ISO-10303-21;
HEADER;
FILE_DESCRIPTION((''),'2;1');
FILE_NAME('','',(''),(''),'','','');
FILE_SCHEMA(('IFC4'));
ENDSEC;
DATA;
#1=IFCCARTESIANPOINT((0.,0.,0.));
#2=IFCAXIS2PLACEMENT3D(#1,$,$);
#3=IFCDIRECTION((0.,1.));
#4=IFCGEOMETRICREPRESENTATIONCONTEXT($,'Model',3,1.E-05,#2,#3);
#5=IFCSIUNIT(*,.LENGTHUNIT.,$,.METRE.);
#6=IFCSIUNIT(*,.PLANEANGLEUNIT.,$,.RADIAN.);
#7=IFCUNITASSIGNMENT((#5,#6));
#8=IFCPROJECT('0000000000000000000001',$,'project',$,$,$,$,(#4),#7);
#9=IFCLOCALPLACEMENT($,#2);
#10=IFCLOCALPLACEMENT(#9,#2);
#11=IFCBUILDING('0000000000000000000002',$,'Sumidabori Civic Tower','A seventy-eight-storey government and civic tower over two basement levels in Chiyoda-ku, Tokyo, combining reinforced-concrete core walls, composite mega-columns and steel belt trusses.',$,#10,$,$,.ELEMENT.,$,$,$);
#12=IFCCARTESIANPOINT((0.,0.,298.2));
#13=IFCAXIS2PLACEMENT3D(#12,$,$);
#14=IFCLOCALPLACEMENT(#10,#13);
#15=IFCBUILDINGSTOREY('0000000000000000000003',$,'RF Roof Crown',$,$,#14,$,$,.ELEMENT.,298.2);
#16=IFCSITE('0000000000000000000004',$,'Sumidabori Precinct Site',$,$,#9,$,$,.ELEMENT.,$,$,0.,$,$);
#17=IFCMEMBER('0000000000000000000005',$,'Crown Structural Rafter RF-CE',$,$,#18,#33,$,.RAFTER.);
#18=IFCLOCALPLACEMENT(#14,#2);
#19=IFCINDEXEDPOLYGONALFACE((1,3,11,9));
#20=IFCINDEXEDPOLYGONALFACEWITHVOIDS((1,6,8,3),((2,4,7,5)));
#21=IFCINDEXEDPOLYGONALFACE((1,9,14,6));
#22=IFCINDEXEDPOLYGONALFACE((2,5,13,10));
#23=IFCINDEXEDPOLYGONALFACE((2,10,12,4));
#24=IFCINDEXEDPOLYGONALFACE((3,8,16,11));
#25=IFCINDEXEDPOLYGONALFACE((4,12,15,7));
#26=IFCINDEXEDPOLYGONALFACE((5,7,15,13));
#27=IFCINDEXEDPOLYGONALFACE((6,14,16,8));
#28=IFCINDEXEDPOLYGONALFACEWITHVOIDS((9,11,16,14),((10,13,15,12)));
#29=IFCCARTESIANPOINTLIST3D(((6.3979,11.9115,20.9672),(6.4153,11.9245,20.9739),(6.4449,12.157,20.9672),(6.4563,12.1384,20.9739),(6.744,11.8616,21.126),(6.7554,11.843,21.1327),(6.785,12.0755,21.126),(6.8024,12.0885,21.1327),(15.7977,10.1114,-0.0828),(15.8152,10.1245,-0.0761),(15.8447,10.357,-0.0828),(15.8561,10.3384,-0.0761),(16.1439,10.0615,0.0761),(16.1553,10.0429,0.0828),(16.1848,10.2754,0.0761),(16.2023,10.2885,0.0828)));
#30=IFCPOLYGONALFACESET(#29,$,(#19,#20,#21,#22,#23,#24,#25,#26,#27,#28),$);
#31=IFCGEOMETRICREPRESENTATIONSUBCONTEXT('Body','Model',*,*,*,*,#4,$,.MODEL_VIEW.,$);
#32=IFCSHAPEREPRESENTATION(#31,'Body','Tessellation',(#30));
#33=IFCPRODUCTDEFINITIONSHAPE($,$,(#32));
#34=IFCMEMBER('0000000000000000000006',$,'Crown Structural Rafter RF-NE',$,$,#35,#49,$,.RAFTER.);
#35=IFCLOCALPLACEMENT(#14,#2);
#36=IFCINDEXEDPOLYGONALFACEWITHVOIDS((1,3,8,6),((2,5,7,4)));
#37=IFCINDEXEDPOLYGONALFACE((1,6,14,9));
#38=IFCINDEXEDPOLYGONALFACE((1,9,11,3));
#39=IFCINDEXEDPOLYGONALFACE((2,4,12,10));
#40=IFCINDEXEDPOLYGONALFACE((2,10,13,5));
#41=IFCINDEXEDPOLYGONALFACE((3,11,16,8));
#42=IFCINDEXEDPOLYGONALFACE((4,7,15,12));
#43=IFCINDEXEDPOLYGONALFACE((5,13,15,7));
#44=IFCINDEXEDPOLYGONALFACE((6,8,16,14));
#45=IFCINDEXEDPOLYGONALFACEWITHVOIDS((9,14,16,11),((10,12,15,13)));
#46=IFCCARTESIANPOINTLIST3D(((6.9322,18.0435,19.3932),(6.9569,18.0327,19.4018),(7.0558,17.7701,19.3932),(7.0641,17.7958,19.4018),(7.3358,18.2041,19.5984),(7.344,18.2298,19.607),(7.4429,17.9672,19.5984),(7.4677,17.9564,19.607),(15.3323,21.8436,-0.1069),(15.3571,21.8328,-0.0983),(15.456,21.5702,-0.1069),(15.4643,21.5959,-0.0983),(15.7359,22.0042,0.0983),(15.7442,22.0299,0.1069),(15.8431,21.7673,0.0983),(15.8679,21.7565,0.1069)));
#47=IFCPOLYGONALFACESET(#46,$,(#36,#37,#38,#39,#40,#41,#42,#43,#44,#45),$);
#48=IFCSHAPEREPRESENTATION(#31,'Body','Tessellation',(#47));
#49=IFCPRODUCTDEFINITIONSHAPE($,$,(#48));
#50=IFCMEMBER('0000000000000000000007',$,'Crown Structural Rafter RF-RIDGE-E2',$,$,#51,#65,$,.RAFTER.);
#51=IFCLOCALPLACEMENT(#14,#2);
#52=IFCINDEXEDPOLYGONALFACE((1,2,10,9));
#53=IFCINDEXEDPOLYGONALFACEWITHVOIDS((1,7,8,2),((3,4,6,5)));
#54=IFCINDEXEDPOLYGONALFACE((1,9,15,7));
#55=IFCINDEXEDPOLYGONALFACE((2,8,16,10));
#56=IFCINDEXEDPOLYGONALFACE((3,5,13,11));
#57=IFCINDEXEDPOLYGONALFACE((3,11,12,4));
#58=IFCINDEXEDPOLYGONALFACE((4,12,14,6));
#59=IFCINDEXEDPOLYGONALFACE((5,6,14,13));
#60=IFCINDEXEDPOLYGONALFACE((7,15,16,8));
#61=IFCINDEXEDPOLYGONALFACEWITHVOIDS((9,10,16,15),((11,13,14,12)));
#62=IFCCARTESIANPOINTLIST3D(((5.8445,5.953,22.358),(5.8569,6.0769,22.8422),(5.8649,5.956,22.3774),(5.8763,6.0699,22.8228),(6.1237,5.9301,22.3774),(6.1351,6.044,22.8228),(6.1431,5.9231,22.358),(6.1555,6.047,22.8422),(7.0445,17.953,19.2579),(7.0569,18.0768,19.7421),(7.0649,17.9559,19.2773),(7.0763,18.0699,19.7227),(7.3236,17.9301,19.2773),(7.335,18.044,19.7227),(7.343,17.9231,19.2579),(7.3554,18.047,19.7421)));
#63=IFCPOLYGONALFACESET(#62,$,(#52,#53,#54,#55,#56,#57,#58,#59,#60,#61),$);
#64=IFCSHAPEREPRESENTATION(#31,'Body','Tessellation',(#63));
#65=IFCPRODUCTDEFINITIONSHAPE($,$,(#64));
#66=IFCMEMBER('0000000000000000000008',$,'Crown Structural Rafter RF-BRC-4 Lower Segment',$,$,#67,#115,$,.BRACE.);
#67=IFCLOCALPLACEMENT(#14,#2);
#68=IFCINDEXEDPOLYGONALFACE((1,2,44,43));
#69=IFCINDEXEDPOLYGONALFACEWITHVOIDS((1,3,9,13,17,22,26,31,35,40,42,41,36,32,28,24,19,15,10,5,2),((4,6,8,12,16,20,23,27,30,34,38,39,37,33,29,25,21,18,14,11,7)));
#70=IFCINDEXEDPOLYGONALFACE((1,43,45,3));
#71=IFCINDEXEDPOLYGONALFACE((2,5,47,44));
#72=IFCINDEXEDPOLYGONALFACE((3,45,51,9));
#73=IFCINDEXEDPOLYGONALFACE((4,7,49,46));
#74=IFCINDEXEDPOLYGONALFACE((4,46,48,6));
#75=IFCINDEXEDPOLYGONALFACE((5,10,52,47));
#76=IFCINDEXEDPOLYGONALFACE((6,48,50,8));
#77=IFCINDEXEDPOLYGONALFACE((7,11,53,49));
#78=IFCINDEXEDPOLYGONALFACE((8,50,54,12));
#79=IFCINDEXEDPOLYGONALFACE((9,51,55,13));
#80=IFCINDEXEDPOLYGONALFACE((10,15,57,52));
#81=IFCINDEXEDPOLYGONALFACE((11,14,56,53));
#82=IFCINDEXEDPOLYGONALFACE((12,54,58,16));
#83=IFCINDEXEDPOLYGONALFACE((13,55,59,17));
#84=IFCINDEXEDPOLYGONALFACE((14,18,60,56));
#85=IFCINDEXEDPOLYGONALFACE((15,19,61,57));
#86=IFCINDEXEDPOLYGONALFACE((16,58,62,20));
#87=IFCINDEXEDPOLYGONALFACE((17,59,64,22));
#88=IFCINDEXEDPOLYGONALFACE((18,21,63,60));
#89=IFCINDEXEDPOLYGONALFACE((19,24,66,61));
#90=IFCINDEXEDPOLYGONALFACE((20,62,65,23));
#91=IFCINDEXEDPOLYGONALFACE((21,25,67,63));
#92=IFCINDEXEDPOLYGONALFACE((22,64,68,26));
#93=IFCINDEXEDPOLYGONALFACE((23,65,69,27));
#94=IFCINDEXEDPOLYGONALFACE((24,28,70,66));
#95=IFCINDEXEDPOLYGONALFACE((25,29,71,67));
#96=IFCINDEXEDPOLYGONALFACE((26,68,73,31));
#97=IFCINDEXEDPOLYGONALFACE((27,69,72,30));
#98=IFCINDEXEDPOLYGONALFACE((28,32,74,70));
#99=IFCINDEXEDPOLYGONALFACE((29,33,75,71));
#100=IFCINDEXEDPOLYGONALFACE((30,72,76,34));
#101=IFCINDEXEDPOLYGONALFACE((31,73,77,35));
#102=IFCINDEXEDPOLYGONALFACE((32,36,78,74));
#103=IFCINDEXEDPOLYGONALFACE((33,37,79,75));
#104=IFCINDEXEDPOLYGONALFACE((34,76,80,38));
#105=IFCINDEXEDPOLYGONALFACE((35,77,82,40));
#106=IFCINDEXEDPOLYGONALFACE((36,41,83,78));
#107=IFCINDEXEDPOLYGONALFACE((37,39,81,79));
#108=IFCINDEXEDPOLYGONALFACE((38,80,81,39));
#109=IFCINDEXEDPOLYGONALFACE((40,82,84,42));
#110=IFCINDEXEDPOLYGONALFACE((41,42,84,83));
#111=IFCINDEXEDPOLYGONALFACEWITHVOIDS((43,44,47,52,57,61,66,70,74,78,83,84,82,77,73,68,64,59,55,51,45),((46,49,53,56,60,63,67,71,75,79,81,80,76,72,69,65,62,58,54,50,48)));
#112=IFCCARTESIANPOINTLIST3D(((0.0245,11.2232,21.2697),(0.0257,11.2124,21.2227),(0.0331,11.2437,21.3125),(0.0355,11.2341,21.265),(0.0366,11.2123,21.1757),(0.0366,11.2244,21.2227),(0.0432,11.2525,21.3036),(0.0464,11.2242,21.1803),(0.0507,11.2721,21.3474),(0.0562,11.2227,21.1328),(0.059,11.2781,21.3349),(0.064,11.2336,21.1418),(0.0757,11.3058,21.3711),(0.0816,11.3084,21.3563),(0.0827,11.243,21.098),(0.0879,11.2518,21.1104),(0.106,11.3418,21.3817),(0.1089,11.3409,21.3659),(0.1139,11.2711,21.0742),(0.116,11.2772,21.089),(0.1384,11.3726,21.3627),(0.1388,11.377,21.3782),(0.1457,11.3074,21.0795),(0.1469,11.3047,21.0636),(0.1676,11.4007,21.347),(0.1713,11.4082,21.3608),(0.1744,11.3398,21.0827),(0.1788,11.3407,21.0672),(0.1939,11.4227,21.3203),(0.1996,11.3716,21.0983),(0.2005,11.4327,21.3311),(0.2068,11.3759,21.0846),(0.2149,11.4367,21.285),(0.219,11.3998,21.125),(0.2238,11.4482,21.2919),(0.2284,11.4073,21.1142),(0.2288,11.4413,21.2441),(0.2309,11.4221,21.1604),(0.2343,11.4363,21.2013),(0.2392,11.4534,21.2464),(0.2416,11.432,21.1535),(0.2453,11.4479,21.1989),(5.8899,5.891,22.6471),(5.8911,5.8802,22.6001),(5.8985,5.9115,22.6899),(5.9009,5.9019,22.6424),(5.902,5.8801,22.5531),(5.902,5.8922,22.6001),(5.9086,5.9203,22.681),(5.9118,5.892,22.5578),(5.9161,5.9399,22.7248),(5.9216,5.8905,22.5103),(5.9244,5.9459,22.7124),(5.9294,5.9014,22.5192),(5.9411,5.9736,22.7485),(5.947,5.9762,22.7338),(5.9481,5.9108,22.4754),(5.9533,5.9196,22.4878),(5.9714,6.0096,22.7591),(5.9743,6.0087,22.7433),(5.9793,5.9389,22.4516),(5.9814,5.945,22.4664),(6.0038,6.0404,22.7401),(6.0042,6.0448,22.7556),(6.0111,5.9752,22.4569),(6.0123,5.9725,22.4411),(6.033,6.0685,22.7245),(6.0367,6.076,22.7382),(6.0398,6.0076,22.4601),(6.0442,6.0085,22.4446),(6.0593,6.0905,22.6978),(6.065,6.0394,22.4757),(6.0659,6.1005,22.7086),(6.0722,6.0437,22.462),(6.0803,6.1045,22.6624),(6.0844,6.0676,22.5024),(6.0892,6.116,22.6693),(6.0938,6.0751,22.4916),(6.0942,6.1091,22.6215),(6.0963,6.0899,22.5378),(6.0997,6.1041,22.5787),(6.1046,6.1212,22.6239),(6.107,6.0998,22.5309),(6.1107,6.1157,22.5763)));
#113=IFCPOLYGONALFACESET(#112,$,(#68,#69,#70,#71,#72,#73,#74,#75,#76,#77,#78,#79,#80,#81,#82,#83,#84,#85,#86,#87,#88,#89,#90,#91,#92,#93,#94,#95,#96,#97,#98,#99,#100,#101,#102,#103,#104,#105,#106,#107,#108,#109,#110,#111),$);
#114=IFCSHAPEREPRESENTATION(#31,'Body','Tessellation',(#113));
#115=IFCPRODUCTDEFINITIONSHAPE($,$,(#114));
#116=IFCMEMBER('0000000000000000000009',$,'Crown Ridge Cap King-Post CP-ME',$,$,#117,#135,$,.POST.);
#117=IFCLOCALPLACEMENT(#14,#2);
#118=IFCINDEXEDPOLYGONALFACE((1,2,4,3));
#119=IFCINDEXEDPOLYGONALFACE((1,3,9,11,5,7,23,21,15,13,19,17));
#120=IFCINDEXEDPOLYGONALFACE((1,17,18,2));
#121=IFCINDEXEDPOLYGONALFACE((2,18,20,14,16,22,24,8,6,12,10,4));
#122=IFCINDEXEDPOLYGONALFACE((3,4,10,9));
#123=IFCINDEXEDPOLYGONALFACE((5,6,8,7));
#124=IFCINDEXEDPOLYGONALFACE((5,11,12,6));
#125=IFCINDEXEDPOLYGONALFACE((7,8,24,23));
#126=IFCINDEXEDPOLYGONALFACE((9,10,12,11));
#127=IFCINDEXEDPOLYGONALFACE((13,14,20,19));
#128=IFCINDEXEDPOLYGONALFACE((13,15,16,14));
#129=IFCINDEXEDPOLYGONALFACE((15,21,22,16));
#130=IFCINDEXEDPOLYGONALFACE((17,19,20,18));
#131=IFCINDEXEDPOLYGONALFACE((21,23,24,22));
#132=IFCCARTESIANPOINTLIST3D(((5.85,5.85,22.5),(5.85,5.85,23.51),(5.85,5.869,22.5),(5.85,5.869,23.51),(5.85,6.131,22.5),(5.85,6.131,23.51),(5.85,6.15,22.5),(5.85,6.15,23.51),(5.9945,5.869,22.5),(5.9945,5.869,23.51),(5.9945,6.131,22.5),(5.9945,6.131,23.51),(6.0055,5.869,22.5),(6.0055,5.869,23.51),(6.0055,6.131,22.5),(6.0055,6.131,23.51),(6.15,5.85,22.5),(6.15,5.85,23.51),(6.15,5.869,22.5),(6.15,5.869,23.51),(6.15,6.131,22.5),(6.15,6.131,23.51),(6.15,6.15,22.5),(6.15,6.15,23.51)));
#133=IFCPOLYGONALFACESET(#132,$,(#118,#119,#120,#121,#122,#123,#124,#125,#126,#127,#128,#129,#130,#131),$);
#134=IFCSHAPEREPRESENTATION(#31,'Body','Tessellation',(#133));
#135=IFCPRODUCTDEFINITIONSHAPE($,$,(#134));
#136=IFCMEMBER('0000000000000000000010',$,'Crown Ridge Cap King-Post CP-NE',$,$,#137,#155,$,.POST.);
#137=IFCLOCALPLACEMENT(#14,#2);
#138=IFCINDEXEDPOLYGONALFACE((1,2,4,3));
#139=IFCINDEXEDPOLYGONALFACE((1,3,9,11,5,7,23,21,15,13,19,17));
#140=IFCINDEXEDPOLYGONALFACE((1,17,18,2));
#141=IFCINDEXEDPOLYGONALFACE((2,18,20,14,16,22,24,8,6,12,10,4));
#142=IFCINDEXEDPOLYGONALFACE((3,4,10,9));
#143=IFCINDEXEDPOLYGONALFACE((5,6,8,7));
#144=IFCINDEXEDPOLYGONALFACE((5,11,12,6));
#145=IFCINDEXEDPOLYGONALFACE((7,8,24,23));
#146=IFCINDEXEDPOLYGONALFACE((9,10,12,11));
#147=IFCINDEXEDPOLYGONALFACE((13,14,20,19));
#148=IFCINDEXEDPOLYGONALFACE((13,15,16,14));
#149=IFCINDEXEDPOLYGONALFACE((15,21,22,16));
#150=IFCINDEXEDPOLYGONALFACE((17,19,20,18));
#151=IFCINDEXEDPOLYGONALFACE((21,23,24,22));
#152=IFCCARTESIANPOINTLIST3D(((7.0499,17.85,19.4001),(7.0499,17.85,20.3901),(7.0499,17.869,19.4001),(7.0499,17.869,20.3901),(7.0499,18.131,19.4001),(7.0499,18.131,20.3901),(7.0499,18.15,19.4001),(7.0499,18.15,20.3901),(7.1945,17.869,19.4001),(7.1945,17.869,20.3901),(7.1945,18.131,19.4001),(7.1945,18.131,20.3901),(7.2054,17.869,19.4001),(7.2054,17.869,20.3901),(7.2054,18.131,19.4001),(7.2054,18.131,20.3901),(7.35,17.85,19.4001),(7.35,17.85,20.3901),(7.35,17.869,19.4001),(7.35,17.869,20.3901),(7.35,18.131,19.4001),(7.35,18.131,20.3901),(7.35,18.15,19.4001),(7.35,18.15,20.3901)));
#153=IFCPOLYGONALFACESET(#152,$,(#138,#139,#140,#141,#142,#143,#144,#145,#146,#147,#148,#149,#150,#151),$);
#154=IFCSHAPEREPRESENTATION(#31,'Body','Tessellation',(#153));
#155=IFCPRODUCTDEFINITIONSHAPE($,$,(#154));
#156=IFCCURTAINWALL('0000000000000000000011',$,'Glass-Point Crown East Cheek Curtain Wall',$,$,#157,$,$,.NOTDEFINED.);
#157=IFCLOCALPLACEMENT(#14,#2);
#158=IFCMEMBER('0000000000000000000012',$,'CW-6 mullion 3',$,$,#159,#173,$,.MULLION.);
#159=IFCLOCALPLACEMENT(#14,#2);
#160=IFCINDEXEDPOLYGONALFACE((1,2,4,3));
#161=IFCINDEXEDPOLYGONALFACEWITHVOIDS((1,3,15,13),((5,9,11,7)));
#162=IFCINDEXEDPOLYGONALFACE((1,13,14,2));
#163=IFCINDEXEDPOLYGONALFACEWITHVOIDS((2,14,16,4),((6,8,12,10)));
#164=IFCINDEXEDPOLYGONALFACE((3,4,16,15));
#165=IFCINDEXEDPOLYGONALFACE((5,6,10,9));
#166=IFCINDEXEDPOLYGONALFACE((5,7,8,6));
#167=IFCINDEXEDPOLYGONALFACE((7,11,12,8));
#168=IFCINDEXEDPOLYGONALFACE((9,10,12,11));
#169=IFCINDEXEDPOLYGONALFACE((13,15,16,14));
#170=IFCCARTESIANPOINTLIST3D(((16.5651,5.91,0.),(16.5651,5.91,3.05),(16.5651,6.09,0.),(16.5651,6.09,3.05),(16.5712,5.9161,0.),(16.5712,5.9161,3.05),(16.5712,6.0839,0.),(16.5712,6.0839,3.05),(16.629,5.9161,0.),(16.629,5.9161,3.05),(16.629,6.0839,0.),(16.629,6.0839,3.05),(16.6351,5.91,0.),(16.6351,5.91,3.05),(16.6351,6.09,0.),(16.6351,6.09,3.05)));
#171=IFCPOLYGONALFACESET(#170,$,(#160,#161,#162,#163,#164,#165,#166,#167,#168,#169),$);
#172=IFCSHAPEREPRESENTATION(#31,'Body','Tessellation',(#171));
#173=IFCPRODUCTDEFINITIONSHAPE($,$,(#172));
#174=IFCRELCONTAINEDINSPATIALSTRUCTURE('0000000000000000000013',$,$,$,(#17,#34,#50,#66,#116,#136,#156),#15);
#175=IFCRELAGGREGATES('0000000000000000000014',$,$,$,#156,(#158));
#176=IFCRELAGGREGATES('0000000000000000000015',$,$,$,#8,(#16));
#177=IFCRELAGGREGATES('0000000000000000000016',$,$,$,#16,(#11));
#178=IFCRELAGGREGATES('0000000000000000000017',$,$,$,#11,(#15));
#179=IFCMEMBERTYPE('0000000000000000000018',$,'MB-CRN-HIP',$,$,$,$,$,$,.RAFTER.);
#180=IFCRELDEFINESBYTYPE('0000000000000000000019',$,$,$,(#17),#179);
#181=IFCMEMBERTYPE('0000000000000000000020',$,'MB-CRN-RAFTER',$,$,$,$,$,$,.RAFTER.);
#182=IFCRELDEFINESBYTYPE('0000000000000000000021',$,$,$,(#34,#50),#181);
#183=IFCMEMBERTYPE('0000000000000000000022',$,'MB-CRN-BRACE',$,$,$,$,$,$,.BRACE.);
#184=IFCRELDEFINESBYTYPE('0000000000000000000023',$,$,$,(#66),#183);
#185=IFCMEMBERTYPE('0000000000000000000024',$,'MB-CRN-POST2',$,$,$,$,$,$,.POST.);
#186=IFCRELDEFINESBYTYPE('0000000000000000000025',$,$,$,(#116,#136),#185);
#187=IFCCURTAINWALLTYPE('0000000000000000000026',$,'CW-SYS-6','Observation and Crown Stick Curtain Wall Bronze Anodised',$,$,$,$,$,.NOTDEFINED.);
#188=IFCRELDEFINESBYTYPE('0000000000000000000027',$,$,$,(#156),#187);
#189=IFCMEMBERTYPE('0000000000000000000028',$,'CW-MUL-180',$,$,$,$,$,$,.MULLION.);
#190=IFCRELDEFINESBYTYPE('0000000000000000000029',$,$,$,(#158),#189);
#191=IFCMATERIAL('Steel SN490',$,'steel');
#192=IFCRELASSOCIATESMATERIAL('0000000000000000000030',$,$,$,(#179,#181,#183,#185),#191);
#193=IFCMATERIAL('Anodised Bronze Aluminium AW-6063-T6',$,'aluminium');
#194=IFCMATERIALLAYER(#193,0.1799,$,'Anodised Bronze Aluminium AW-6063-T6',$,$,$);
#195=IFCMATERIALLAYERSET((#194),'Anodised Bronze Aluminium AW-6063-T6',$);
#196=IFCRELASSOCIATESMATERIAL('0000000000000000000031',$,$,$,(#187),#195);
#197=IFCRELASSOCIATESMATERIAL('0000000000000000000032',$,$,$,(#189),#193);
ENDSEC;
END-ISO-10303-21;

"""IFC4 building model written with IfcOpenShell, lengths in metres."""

from ifc_helpers import new_model, si_unit, direction, frame, origin, origin_2d, place, context, subcontext, project, spatial, hollow_rectangle, hollow_circle, i_section, extrude, source, transform, mapped, material, layer, layer_set, material_profile, profile_set, type_object, element, aggregate, save


model = new_model("IFC4")

# Units and contexts
model_context = context("Model", 3, precision=1e-05, world=origin(), true_north=direction((0.0, 1.0)))
body_context = subcontext(model_context, "Body", "Model", "MODEL_VIEW")
ifc_project = project(units=[si_unit("LENGTHUNIT", "METRE"), si_unit("PLANEANGLEUNIT", "RADIAN")], contexts=[model_context])

# Site, building, storey
site_placement = place(None, origin())
site = spatial("IfcSite", under=ifc_project, at=site_placement, Name="Sumidabori Precinct Site", CompositionType="ELEMENT", RefElevation=0.0)
building_placement = place(site_placement, origin())
building = spatial("IfcBuilding", under=site, at=building_placement, Name="Sumidabori Civic Tower", Description="A seventy-eight-storey government and civic tower over two basement levels in Chiyoda-ku, Tokyo, combining reinforced-concrete core walls, composite mega-columns and steel belt trusses.", CompositionType="ELEMENT")
storey_placement = place(building_placement, frame((0.0, 0.0, 298.2)))
storey = spatial("IfcBuildingStorey", under=building, at=storey_placement, Name="RF Roof Crown", CompositionType="ELEMENT", Elevation=298.2)

# Members
ifc_material_1 = material(Name="Steel SN490", Category="steel")
ifc_material_profile_1 = material_profile(ifc_material_1, hollow_rectangle(XDim=0.25, YDim=0.3999, WallThickness=0.0161, at=origin_2d()), Name="RHS 400x250x16")
ifc_profile_set_1 = profile_set([ifc_material_profile_1], Name="Steel SN490")
member_type_1 = type_object("IfcMemberType", Name="MB-CRN-HIP", PredefinedType="RAFTER", material=ifc_profile_set_1)
shared_shape_1 = source(origin(), body_context, "Body", "SweptSolid", [
    extrude(hollow_rectangle(XDim=0.25, YDim=0.3999, WallThickness=0.0161, at=origin_2d()), origin(), (0.0, 0.0, 1.0), 23.1235),
])
member_1_placement = place(storey_placement, frame((16.0, 10.2, 0.0), z_axis=(-0.406506, 0.077845, 0.910326), x_axis=(-0.188079, -0.982154, 0.0)))
element("IfcMember", 1, at=member_1_placement, inside=storey, type_object=member_type_1, Name="Crown Structural Rafter RF-CE", PredefinedType="RAFTER", context=body_context, shape_type="MappedRepresentation", body=[
    mapped(shared_shape_1, transform((0.0, 0.0, 0.0), x_axis=(1.0, 0.0, 0.0), y_axis=(0.0, 1.0, 0.0), z_axis=(0.0, 0.0, 1.0), scale=1.0)),
])
ifc_material_profile_2 = material_profile(ifc_material_1, hollow_rectangle(XDim=0.3, YDim=0.5, WallThickness=0.02, at=origin_2d()), Name="RHS 500x300x20")
ifc_profile_set_2 = profile_set([ifc_material_profile_2], Name="Steel SN490")
member_type_2 = type_object("IfcMemberType", Name="MB-CRN-RAFTER", PredefinedType="RAFTER", material=ifc_profile_set_2)
shared_shape_2 = source(origin(), body_context, "Body", "SweptSolid", [
    extrude(hollow_rectangle(XDim=0.3, YDim=0.5, WallThickness=0.02, at=origin_2d()), origin(), (0.0, 0.0, 1.0), 21.5698),
])
member_2_placement = place(storey_placement, frame((15.6001, 21.8, 0.0), z_axis=(-0.389442, -0.176175, 0.904045), x_axis=(0.412166, -0.911109, 0.0)))
element("IfcMember", 2, at=member_2_placement, inside=storey, type_object=member_type_2, Name="Crown Structural Rafter RF-NE", PredefinedType="RAFTER", context=body_context, shape_type="MappedRepresentation", body=[
    mapped(shared_shape_2, transform((0.0, 0.0, 0.0), x_axis=(1.0, 0.0, 0.0), y_axis=(0.0, 1.0, 0.0), z_axis=(0.0, 0.0, 1.0), scale=1.0)),
])
shared_shape_3 = source(origin(), body_context, "Body", "SweptSolid", [
    extrude(hollow_rectangle(XDim=0.3, YDim=0.5, WallThickness=0.02, at=origin_2d()), origin(), (0.0, 0.0, 1.0), 12.4519),
])
member_3_placement = place(storey_placement, frame((6.0, 6.0, 22.6001), z_axis=(0.096367, 0.963706, -0.248965), x_axis=(-0.995038, 0.0995, 0.0)))
element("IfcMember", 3, at=member_3_placement, inside=storey, type_object=member_type_2, Name="Crown Structural Rafter RF-RIDGE-E2", PredefinedType="RAFTER", context=body_context, shape_type="MappedRepresentation", body=[
    mapped(shared_shape_3, transform((0.0, 0.0, 0.0), x_axis=(1.0, 0.0, 0.0), y_axis=(0.0, 1.0, 0.0), z_axis=(0.0, 0.0, 1.0), scale=1.0)),
])
ifc_material_profile_3 = material_profile(ifc_material_1, hollow_circle(Radius=0.1619, WallThickness=0.0161, at=origin_2d()), Name="CHS 323.9x16")
ifc_profile_set_3 = profile_set([ifc_material_profile_3], Name="Steel SN490")
member_type_3 = type_object("IfcMemberType", Name="MB-CRN-BRACE", PredefinedType="BRACE", material=ifc_profile_set_3)
shared_shape_4 = source(origin(), body_context, "Body", "SweptSolid", [
    extrude(hollow_circle(Radius=0.1619, WallThickness=0.0161, at=origin_2d()), origin(), (0.0, 0.0, 1.0), 8.0457),
])
member_4_placement = place(storey_placement, frame((6.0, 6.0, 22.6001), z_axis=(-0.729014, 0.662743, -0.171201), x_axis=(-0.672674, -0.739939, 0.0)))
element("IfcMember", 4, at=member_4_placement, inside=storey, type_object=member_type_3, Name="Crown Structural Rafter RF-BRC-4 Lower Segment", PredefinedType="BRACE", context=body_context, shape_type="MappedRepresentation", body=[
    mapped(shared_shape_4, transform((0.0, 0.0, 0.0), x_axis=(1.0, 0.0, 0.0), y_axis=(0.0, 1.0, 0.0), z_axis=(0.0, 0.0, 1.0), scale=1.0)),
])
ifc_material_profile_4 = material_profile(ifc_material_1, i_section(OverallWidth=0.3, OverallDepth=0.3, WebThickness=0.011, FlangeThickness=0.019, at=origin_2d()), Name="HE 300 B")
ifc_profile_set_4 = profile_set([ifc_material_profile_4], Name="Steel SN490")
member_type_4 = type_object("IfcMemberType", Name="MB-CRN-POST2", PredefinedType="POST", material=ifc_profile_set_4)
shared_shape_5 = source(origin(), body_context, "Body", "SweptSolid", [
    extrude(i_section(OverallWidth=0.3, OverallDepth=0.3, WebThickness=0.011, FlangeThickness=0.019, at=origin_2d()), origin(), (0.0, 0.0, 1.0), 1.01),
])
member_5_placement = place(storey_placement, frame((6.0, 6.0, 22.5), z_axis=(0.0, 0.0, 1.0), x_axis=(1.0, 0.0, 0.0)))
element("IfcMember", 5, at=member_5_placement, inside=storey, type_object=member_type_4, Name="Crown Ridge Cap King-Post CP-ME", PredefinedType="POST", context=body_context, shape_type="MappedRepresentation", body=[
    mapped(shared_shape_5, transform((0.0, 0.0, 0.0), x_axis=(1.0, 0.0, 0.0), y_axis=(0.0, 1.0, 0.0), z_axis=(0.0, 0.0, 1.0), scale=1.0)),
])
shared_shape_6 = source(origin(), body_context, "Body", "SweptSolid", [
    extrude(i_section(OverallWidth=0.3, OverallDepth=0.3, WebThickness=0.011, FlangeThickness=0.019, at=origin_2d()), origin(), (0.0, 0.0, 1.0), 0.99),
])
member_6_placement = place(storey_placement, frame((7.2, 18.0, 19.4001), z_axis=(0.0, 0.0, 1.0), x_axis=(1.0, 0.0, 0.0)))
element("IfcMember", 6, at=member_6_placement, inside=storey, type_object=member_type_4, Name="Crown Ridge Cap King-Post CP-NE", PredefinedType="POST", context=body_context, shape_type="MappedRepresentation", body=[
    mapped(shared_shape_6, transform((0.0, 0.0, 0.0), x_axis=(1.0, 0.0, 0.0), y_axis=(0.0, 1.0, 0.0), z_axis=(0.0, 0.0, 1.0), scale=1.0)),
])

# Curtain wall, member
ifc_material_2 = material(Name="Anodised Bronze Aluminium AW-6063-T6", Category="aluminium")
ifc_layer_1 = layer(ifc_material_2, 0.1799, Name="Anodised Bronze Aluminium AW-6063-T6")
ifc_layer_set_1 = layer_set([ifc_layer_1], Name="Anodised Bronze Aluminium AW-6063-T6")
curtain_wall_type = type_object("IfcCurtainWallType", Name="CW-SYS-6", Description="Observation and Crown Stick Curtain Wall Bronze Anodised", PredefinedType="NOTDEFINED", material=ifc_layer_set_1)
curtain_wall_1_placement = place(storey_placement, origin())
curtain_wall_1 = element("IfcCurtainWall", 7, at=curtain_wall_1_placement, inside=storey, type_object=curtain_wall_type, Name="Glass-Point Crown East Cheek Curtain Wall", PredefinedType="NOTDEFINED")
ifc_material_profile_5 = material_profile(ifc_material_2, hollow_rectangle(XDim=0.0701, YDim=0.1799, WallThickness=0.0061, at=origin_2d()), Name="ALU MULLION 180x70")
ifc_profile_set_5 = profile_set([ifc_material_profile_5], Name="Anodised Bronze Aluminium AW-6063-T6")
member_type_5 = type_object("IfcMemberType", Name="CW-MUL-180", PredefinedType="MULLION", material=ifc_profile_set_5)
shared_shape_7 = source(origin(), body_context, "Body", "SweptSolid", [
    extrude(hollow_rectangle(XDim=0.0701, YDim=0.1799, WallThickness=0.0061, at=origin_2d()), origin(), (0.0, 0.0, 1.0), 3.05),
])
member_7_placement = place(storey_placement, frame((16.6001, 6.0, 0.0), z_axis=(0.0, 0.0, 1.0), x_axis=(-1.0, 0.0, 0.0)))
member_7 = element("IfcMember", 8, at=member_7_placement, type_object=member_type_5, Name="CW-6 mullion 3", PredefinedType="MULLION", context=body_context, shape_type="MappedRepresentation", body=[
    mapped(shared_shape_7, transform((0.0, 0.0, 0.0), x_axis=(1.0, 0.0, 0.0), y_axis=(0.0, 1.0, 0.0), z_axis=(0.0, 0.0, 1.0), scale=1.0)),
])

aggregate(curtain_wall_1, [member_7])

save(model, "model.ifc")
